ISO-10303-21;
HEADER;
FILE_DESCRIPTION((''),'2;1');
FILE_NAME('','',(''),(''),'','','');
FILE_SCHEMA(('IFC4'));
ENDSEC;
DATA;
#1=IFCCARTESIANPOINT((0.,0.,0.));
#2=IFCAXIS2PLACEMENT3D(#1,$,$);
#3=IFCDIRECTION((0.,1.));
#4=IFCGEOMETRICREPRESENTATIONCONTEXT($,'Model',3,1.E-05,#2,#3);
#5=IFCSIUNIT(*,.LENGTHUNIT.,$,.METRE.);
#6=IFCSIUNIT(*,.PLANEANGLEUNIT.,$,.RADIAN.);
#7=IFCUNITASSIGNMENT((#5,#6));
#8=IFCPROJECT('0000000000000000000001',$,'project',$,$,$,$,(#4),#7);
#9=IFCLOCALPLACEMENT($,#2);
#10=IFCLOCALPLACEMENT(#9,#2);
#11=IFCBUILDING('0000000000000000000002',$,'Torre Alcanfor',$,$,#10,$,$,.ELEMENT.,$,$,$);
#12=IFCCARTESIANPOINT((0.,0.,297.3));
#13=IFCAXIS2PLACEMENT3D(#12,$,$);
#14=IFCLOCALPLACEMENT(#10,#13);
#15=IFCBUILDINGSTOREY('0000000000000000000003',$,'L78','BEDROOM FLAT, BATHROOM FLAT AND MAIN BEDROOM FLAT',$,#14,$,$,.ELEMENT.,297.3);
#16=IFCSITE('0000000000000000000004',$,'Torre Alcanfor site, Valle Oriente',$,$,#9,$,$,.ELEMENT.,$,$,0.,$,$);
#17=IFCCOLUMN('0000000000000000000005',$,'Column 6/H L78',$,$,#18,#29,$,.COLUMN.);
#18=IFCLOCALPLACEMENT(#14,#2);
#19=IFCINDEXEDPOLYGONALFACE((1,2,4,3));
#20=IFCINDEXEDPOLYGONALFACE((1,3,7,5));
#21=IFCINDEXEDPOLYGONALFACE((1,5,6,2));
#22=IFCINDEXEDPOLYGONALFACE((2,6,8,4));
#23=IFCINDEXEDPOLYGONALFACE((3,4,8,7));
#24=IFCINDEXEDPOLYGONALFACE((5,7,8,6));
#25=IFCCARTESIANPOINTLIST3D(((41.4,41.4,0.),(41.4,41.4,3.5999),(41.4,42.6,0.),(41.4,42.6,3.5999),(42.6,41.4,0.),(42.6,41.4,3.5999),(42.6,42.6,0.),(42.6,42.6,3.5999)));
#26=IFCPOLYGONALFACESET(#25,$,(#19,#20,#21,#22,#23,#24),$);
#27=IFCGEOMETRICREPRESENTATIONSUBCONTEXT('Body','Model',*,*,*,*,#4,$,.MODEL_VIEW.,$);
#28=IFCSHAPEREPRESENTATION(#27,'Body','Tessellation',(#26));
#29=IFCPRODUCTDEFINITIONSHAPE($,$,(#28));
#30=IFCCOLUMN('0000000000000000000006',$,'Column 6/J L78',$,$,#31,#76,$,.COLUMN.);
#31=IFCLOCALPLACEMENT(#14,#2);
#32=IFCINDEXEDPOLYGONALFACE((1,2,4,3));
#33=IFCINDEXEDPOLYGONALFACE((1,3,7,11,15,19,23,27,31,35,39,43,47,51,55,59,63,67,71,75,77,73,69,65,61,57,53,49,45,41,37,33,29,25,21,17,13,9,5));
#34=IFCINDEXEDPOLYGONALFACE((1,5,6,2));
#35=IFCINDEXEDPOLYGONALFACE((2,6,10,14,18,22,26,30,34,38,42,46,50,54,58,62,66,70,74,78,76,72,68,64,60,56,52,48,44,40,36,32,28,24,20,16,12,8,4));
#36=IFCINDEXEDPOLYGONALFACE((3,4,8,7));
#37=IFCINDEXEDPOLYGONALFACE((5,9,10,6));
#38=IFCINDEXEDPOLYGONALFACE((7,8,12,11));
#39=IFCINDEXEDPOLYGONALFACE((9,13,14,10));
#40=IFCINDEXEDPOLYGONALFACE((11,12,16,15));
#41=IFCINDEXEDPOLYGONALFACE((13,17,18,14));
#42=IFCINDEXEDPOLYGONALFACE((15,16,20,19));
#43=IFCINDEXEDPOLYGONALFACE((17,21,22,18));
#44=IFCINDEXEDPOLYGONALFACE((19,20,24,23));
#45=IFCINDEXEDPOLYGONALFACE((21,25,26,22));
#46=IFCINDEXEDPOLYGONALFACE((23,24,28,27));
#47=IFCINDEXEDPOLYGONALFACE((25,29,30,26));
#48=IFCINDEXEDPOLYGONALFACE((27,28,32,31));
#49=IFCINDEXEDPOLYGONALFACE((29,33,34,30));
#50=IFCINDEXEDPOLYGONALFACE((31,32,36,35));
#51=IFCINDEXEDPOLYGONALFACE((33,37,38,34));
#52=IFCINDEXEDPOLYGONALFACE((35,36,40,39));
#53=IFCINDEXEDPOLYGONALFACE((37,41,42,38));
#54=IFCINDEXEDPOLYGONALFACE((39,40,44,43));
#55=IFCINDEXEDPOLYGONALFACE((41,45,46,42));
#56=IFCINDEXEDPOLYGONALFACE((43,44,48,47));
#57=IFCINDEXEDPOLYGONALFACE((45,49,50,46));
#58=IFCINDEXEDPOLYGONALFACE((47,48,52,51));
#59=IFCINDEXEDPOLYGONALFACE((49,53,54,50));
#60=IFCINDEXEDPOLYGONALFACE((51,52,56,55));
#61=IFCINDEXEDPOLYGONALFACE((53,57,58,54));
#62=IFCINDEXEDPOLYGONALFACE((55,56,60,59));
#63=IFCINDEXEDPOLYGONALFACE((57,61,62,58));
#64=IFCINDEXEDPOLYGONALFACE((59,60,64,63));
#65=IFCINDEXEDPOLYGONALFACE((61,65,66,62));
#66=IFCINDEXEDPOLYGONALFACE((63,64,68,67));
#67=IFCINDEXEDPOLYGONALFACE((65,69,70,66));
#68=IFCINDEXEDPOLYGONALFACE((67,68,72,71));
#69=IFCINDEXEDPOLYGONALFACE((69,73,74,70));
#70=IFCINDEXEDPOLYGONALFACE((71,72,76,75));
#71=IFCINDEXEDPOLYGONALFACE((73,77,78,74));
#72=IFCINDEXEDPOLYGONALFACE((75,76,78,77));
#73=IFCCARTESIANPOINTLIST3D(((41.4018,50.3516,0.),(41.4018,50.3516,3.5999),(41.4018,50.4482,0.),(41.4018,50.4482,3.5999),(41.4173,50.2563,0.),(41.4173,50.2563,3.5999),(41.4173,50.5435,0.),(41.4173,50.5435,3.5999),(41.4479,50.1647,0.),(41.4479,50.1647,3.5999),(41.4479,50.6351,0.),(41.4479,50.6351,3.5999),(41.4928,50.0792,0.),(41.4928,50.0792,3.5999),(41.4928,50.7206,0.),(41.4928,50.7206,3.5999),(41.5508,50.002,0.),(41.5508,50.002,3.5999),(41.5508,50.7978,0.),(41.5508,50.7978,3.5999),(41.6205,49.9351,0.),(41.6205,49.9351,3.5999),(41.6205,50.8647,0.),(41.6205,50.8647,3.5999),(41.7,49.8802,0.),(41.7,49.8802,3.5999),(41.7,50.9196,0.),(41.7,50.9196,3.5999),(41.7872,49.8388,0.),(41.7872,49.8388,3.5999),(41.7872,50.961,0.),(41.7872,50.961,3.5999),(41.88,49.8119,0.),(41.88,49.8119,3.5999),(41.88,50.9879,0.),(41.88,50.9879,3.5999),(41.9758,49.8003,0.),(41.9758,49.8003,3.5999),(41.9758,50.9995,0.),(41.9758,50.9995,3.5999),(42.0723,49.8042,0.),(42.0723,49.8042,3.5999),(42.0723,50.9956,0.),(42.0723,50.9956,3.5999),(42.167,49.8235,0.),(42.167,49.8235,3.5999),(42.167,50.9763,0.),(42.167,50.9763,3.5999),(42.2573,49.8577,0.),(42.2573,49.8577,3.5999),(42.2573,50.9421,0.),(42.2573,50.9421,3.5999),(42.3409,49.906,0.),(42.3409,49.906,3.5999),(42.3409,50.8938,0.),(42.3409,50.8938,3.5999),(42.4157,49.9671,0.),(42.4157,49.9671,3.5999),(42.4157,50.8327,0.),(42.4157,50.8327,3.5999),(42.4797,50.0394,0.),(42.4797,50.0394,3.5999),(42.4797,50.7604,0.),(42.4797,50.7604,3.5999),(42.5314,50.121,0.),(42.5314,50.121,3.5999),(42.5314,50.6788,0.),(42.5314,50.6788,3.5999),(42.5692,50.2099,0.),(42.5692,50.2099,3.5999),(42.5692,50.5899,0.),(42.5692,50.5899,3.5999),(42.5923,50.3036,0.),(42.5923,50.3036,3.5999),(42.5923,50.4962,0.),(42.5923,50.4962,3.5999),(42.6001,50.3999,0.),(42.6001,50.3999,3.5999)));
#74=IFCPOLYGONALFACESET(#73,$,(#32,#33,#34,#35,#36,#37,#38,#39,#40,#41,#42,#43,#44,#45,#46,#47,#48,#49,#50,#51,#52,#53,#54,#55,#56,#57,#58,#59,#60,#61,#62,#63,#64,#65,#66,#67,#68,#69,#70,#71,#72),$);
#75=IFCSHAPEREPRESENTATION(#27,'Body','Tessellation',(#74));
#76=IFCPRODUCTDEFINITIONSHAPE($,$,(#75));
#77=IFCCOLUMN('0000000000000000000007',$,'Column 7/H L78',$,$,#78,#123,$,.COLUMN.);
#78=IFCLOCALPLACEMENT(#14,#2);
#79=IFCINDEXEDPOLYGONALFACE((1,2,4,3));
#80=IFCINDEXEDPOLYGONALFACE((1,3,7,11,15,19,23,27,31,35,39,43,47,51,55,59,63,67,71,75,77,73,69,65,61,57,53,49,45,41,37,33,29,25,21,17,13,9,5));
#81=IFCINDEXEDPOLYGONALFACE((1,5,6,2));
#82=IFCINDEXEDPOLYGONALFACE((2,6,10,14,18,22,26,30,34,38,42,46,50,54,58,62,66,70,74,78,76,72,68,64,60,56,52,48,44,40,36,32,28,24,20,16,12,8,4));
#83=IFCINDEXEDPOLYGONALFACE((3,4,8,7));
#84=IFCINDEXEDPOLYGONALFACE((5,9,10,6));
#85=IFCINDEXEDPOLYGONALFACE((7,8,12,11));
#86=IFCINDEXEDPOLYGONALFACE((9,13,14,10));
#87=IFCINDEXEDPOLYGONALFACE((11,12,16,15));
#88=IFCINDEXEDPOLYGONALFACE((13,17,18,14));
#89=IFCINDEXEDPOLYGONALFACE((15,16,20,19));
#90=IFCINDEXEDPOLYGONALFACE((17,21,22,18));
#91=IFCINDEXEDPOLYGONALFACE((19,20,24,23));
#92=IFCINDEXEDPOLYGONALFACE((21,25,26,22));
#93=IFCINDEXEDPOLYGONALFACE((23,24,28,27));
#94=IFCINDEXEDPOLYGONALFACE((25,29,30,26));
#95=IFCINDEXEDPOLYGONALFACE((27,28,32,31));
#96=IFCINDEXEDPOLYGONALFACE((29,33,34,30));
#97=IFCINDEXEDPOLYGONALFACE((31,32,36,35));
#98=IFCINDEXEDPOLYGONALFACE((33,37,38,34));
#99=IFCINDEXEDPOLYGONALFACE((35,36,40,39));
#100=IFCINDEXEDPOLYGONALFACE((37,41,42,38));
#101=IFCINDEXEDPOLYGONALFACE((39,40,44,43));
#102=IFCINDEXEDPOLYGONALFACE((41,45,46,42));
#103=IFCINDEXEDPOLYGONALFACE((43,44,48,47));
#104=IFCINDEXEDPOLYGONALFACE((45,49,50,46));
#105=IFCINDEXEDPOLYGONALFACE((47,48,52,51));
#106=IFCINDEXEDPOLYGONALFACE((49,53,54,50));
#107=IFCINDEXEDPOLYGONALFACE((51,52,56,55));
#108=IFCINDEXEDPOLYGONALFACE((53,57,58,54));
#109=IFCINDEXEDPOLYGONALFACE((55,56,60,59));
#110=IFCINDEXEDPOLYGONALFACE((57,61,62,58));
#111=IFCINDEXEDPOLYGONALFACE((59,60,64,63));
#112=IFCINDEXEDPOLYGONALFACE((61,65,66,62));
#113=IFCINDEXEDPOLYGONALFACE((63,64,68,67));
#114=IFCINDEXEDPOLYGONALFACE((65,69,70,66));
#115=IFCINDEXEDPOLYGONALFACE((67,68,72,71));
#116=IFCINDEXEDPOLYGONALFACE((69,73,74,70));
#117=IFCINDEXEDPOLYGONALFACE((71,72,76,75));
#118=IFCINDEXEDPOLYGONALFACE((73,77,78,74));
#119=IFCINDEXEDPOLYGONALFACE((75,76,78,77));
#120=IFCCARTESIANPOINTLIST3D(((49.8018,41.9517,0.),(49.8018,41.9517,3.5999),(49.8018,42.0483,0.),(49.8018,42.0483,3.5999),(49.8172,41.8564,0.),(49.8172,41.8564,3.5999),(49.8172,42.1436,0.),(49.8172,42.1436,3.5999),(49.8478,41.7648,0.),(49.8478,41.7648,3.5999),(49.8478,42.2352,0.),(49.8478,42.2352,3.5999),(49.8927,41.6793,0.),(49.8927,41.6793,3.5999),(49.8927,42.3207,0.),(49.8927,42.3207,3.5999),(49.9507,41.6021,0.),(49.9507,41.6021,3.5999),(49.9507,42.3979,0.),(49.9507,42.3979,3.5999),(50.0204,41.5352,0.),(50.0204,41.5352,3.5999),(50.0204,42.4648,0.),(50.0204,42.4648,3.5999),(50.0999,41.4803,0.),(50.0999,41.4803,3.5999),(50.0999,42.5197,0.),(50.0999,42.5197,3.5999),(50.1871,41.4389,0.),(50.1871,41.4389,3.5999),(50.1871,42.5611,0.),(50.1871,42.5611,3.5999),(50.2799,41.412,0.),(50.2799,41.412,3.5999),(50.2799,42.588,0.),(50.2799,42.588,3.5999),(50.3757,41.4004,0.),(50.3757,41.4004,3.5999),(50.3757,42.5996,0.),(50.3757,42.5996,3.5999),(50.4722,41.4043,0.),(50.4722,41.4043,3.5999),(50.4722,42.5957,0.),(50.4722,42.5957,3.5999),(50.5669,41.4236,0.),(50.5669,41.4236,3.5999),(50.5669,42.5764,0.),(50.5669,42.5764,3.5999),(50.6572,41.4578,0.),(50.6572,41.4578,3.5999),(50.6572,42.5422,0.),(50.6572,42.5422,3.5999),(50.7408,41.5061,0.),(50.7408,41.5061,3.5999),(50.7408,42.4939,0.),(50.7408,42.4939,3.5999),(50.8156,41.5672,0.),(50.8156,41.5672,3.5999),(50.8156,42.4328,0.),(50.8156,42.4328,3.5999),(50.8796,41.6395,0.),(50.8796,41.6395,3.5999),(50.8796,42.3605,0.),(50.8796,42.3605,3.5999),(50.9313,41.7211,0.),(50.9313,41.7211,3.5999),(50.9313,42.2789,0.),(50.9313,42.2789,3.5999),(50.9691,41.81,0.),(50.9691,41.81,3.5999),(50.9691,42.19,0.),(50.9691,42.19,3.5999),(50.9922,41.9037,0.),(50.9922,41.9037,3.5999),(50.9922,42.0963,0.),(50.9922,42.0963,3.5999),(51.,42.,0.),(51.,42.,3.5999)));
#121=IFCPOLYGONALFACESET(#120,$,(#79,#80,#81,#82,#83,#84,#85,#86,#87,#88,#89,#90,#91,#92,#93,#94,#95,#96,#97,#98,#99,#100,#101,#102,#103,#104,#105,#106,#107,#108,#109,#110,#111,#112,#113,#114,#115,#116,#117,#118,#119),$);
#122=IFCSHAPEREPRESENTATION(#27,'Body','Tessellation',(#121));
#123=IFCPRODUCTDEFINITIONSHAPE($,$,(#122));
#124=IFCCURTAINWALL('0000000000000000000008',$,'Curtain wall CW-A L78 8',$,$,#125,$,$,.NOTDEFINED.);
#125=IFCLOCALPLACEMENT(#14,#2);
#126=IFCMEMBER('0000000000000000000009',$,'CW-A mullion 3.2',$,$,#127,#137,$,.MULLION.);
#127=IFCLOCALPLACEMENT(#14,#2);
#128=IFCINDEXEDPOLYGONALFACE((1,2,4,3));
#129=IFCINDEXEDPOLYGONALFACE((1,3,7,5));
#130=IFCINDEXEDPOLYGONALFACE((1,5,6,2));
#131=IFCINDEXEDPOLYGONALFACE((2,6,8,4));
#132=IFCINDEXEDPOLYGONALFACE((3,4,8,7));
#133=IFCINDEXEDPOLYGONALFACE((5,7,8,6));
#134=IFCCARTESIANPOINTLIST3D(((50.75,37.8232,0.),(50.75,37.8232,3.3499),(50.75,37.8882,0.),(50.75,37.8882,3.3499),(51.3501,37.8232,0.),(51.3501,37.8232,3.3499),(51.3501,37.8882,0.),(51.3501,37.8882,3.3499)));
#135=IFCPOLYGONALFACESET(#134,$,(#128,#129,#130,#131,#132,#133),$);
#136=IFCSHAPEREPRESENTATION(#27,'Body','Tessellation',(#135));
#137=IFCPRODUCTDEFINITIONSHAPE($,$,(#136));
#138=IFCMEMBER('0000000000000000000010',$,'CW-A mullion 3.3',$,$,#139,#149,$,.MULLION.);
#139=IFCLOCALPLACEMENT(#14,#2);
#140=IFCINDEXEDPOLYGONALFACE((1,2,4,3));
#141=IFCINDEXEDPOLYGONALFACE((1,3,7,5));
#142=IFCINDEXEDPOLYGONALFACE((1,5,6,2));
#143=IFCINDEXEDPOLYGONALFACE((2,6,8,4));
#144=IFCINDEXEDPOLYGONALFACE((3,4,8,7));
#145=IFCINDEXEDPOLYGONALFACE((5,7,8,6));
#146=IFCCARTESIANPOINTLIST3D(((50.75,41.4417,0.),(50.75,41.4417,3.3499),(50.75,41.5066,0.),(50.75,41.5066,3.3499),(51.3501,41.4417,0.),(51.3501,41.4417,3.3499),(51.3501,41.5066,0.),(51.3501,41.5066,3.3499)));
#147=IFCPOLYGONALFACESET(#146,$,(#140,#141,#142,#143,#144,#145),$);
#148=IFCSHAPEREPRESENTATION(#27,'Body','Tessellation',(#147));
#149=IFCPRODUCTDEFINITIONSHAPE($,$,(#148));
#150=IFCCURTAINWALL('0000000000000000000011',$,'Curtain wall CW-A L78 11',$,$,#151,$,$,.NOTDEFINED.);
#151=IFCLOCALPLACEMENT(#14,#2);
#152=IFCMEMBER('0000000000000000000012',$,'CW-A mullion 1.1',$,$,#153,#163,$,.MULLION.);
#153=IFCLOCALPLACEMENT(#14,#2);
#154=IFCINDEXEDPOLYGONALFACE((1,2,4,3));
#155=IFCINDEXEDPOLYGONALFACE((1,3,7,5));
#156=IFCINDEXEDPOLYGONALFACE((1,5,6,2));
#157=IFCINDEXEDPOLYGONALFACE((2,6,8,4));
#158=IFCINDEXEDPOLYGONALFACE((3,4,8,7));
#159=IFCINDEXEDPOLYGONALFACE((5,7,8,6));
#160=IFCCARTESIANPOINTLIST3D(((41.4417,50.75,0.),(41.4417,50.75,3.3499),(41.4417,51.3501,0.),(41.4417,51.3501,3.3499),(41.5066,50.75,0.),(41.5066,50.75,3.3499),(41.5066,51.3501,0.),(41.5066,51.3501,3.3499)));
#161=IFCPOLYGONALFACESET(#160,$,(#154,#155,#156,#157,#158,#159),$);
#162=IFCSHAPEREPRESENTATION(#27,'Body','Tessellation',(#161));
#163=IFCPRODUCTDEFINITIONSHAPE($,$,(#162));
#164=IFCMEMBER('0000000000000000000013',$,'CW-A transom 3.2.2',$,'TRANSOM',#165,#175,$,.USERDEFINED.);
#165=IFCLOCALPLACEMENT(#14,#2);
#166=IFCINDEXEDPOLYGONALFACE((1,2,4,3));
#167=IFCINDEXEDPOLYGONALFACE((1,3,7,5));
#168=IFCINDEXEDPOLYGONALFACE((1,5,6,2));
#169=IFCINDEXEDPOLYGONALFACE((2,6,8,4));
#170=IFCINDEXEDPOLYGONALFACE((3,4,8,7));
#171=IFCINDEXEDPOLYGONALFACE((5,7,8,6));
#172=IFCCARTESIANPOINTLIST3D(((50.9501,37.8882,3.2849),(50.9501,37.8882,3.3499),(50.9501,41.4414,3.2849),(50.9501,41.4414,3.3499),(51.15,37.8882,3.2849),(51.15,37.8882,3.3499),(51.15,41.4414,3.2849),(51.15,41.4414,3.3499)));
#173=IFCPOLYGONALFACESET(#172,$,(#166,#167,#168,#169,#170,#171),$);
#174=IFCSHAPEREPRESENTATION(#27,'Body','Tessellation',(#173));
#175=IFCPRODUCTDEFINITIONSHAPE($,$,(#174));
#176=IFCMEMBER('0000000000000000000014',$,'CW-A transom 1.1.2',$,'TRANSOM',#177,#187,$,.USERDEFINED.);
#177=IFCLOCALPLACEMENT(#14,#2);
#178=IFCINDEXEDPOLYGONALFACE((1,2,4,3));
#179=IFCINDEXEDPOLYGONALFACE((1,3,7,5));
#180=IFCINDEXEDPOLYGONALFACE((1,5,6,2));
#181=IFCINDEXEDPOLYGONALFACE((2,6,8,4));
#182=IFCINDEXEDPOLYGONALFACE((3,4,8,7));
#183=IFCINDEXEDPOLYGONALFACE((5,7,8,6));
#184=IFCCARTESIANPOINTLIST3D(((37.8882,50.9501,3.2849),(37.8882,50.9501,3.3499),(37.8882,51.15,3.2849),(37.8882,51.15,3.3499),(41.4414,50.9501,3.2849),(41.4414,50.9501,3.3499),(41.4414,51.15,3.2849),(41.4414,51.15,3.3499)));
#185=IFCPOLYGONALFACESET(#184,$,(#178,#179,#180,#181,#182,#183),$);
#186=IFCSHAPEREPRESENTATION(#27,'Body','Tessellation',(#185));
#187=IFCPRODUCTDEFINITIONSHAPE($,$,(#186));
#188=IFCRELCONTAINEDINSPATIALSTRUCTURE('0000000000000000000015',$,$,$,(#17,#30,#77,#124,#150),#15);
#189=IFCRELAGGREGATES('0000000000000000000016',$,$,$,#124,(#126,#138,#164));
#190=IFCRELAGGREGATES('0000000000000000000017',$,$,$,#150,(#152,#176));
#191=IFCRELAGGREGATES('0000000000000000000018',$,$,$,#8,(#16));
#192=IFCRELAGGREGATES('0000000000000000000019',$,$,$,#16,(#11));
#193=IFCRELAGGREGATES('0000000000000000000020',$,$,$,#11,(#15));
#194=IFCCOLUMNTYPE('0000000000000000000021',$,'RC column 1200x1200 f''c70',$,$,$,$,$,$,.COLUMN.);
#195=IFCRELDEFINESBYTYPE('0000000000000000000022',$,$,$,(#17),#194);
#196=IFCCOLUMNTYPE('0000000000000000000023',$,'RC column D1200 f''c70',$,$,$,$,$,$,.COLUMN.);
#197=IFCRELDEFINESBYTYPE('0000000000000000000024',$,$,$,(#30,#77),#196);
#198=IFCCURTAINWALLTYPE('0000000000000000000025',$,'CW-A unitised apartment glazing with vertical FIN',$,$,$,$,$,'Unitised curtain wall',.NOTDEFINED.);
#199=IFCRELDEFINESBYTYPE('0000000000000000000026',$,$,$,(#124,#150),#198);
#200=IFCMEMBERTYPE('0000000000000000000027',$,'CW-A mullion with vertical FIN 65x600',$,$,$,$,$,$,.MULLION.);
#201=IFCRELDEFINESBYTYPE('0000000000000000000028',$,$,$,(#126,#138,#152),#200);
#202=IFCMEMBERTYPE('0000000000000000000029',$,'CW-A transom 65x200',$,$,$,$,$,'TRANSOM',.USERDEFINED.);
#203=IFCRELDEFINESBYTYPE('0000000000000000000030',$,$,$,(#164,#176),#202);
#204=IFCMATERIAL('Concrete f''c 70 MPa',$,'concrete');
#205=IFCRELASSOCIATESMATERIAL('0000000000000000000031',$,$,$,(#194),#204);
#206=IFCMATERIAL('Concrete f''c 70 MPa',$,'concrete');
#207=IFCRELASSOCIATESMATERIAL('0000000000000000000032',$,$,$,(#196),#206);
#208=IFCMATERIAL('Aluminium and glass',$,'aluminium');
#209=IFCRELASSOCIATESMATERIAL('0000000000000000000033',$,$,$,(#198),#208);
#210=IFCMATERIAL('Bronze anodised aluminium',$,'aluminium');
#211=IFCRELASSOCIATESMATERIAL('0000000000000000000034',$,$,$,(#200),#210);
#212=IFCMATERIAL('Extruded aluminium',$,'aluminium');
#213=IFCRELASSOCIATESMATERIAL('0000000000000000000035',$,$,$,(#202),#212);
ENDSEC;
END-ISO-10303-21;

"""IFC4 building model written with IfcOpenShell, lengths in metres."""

from ifc_helpers import new_model, si_unit, direction, frame, origin, origin_2d, place, context, subcontext, project, spatial, rectangle, circle, extrude, material, material_profile, profile_set, type_object, element, aggregate, save


model = new_model("IFC4")

# Units and contexts
model_context = context("Model", 3, precision=1e-05, world=origin(), true_north=direction((0.0, 1.0)))
body_context = subcontext(model_context, "Body", "Model", "MODEL_VIEW")
ifc_project = project(units=[si_unit("LENGTHUNIT", "METRE"), si_unit("PLANEANGLEUNIT", "RADIAN")], contexts=[model_context])

# Site, building, storey
site_placement = place(None, origin())
site = spatial("IfcSite", under=ifc_project, at=site_placement, Name="Torre Alcanfor site, Valle Oriente", CompositionType="ELEMENT", RefElevation=0.0)
building_placement = place(site_placement, origin())
building = spatial("IfcBuilding", under=site, at=building_placement, Name="Torre Alcanfor", CompositionType="ELEMENT")
storey_placement = place(building_placement, frame((0.0, 0.0, 297.3)))
storey = spatial("IfcBuildingStorey", under=building, at=storey_placement, Name="L78", Description="BEDROOM FLAT, BATHROOM FLAT AND MAIN BEDROOM FLAT", CompositionType="ELEMENT", Elevation=297.3)

# Columns
ifc_material_1 = material(Name="Concrete f'c 70 MPa", Category="concrete")
ifc_material_profile_1 = material_profile(ifc_material_1, rectangle(XDim=1.2, YDim=1.2, at=origin_2d()), Name="1200x1200")
ifc_profile_set_1 = profile_set([ifc_material_profile_1], Name="Concrete f'c 70 MPa")
column_type_1 = type_object("IfcColumnType", Name="RC column 1200x1200 f'c70", PredefinedType="COLUMN", material=ifc_profile_set_1)
column_placement = place(storey_placement, frame((42.0, 42.0, 0.0), z_axis=(0.0, 0.0, 1.0), x_axis=(1.0, 0.0, 0.0)))
element("IfcColumn", 1, at=column_placement, inside=storey, type_object=column_type_1, Name="Column 6/H L78", PredefinedType="COLUMN", context=body_context, shape_type="SweptSolid", body=[
    extrude(rectangle(XDim=1.2, YDim=1.2, at=origin_2d()), origin(), (0.0, 0.0, 1.0), 3.5999),
])
ifc_material_2 = material(Name="Concrete f'c 70 MPa", Category="concrete")
ifc_material_profile_2 = material_profile(ifc_material_2, circle(Radius=0.6001, at=origin_2d()), Name="D1200")
ifc_profile_set_2 = profile_set([ifc_material_profile_2], Name="Concrete f'c 70 MPa")
column_type_2 = type_object("IfcColumnType", Name="RC column D1200 f'c70", PredefinedType="COLUMN", material=ifc_profile_set_2)
for number, where, z_axis, x_axis, name in (
    (2, (42.0, 50.3999, 0.0), (0.0, 0.0, 1.0), (1.0, 0.0, 0.0), "Column 6/J L78"),
    (3, (50.3999, 42.0, 0.0), (0.0, 0.0, 1.0), (1.0, 0.0, 0.0), "Column 7/H L78"),
):
    element("IfcColumn", number, at=place(storey_placement, frame(where, z_axis=z_axis, x_axis=x_axis)), inside=storey, type_object=column_type_2, Name=name, PredefinedType="COLUMN", context=body_context, shape_type="SweptSolid", body=[
        extrude(circle(Radius=0.6001, at=origin_2d()), origin(), (0.0, 0.0, 1.0), 3.5999),
    ])

# Curtain wall, members
ifc_material_3 = material(Name="Aluminium and glass", Category="aluminium")
curtain_wall_type = type_object("IfcCurtainWallType", Name="CW-A unitised apartment glazing with vertical FIN", ElementType="Unitised curtain wall", PredefinedType="NOTDEFINED", material=ifc_material_3)
curtain_wall_1_placement = place(storey_placement, origin())
curtain_wall_1 = element("IfcCurtainWall", 4, at=curtain_wall_1_placement, inside=storey, type_object=curtain_wall_type, Name="Curtain wall CW-A L78 8", PredefinedType="NOTDEFINED")
ifc_material_4 = material(Name="Bronze anodised aluminium", Category="aluminium")
ifc_material_profile_3 = material_profile(ifc_material_4, rectangle(XDim=0.6001, YDim=0.0649, at=origin_2d()), Name="CW-A mullion 65x600")
ifc_profile_set_3 = profile_set([ifc_material_profile_3], Name="Bronze anodised aluminium")
member_type_1 = type_object("IfcMemberType", Name="CW-A mullion with vertical FIN 65x600", PredefinedType="MULLION", material=ifc_profile_set_3)
member_1_placement = place(storey_placement, frame((51.05, 37.8557, 0.0), z_axis=(0.0, 0.0, 1.0), x_axis=(-1.0, 0.0, 0.0)))
member_1 = element("IfcMember", 5, at=member_1_placement, type_object=member_type_1, Name="CW-A mullion 3.2", PredefinedType="MULLION", context=body_context, shape_type="SweptSolid", body=[
    extrude(rectangle(XDim=0.6001, YDim=0.0649, at=origin_2d()), origin(), (0.0, 0.0, 1.0), 3.3499),
])
member_2_placement = place(storey_placement, frame((51.05, 41.4741, 0.0), z_axis=(0.0, 0.0, 1.0), x_axis=(-1.0, 0.0, 0.0)))
member_2 = element("IfcMember", 6, at=member_2_placement, type_object=member_type_1, Name="CW-A mullion 3.3", PredefinedType="MULLION", context=body_context, shape_type="SweptSolid", body=[
    extrude(rectangle(XDim=0.6001, YDim=0.0649, at=origin_2d()), origin(), (0.0, 0.0, 1.0), 3.3499),
])

# Curtain wall, member
curtain_wall_2_placement = place(storey_placement, origin())
curtain_wall_2 = element("IfcCurtainWall", 7, at=curtain_wall_2_placement, inside=storey, type_object=curtain_wall_type, Name="Curtain wall CW-A L78 11", PredefinedType="NOTDEFINED")
member_3_placement = place(storey_placement, frame((41.4741, 51.05, 0.0), z_axis=(0.0, 0.0, 1.0), x_axis=(0.0, -1.0, 0.0)))
member_3 = element("IfcMember", 8, at=member_3_placement, type_object=member_type_1, Name="CW-A mullion 1.1", PredefinedType="MULLION", context=body_context, shape_type="SweptSolid", body=[
    extrude(rectangle(XDim=0.6001, YDim=0.0649, at=origin_2d()), origin(), (0.0, 0.0, 1.0), 3.3499),
])

# Members
ifc_material_5 = material(Name="Extruded aluminium", Category="aluminium")
ifc_material_profile_4 = material_profile(ifc_material_5, rectangle(XDim=0.2, YDim=0.0649, at=origin_2d()), Name="CW-A transom 200x65")
ifc_profile_set_4 = profile_set([ifc_material_profile_4], Name="Extruded aluminium")
member_type_2 = type_object("IfcMemberType", Name="CW-A transom 65x200", ElementType="TRANSOM", PredefinedType="USERDEFINED", material=ifc_profile_set_4)
member_4_placement = place(storey_placement, frame((51.05, 37.8882, 3.3174), z_axis=(0.0, 1.0, 0.0), x_axis=(-1.0, 0.0, 0.0)))
member_4 = element("IfcMember", 9, at=member_4_placement, type_object=member_type_2, Name="CW-A transom 3.2.2", ObjectType="TRANSOM", PredefinedType="USERDEFINED", context=body_context, shape_type="SweptSolid", body=[
    extrude(rectangle(XDim=0.2, YDim=0.0649, at=origin_2d()), origin(), (0.0, 0.0, 1.0), 3.5532),
])
member_5_placement = place(storey_placement, frame((41.4414, 51.05, 3.3174), z_axis=(-1.0, 0.0, 0.0), x_axis=(0.0, -1.0, 0.0)))
member_5 = element("IfcMember", 10, at=member_5_placement, type_object=member_type_2, Name="CW-A transom 1.1.2", ObjectType="TRANSOM", PredefinedType="USERDEFINED", context=body_context, shape_type="SweptSolid", body=[
    extrude(rectangle(XDim=0.2, YDim=0.0649, at=origin_2d()), origin(), (0.0, 0.0, 1.0), 3.5532),
])

aggregate(curtain_wall_1, [member_1, member_2, member_4])
aggregate(curtain_wall_2, [member_3, member_5])

save(model, "model.ifc")
